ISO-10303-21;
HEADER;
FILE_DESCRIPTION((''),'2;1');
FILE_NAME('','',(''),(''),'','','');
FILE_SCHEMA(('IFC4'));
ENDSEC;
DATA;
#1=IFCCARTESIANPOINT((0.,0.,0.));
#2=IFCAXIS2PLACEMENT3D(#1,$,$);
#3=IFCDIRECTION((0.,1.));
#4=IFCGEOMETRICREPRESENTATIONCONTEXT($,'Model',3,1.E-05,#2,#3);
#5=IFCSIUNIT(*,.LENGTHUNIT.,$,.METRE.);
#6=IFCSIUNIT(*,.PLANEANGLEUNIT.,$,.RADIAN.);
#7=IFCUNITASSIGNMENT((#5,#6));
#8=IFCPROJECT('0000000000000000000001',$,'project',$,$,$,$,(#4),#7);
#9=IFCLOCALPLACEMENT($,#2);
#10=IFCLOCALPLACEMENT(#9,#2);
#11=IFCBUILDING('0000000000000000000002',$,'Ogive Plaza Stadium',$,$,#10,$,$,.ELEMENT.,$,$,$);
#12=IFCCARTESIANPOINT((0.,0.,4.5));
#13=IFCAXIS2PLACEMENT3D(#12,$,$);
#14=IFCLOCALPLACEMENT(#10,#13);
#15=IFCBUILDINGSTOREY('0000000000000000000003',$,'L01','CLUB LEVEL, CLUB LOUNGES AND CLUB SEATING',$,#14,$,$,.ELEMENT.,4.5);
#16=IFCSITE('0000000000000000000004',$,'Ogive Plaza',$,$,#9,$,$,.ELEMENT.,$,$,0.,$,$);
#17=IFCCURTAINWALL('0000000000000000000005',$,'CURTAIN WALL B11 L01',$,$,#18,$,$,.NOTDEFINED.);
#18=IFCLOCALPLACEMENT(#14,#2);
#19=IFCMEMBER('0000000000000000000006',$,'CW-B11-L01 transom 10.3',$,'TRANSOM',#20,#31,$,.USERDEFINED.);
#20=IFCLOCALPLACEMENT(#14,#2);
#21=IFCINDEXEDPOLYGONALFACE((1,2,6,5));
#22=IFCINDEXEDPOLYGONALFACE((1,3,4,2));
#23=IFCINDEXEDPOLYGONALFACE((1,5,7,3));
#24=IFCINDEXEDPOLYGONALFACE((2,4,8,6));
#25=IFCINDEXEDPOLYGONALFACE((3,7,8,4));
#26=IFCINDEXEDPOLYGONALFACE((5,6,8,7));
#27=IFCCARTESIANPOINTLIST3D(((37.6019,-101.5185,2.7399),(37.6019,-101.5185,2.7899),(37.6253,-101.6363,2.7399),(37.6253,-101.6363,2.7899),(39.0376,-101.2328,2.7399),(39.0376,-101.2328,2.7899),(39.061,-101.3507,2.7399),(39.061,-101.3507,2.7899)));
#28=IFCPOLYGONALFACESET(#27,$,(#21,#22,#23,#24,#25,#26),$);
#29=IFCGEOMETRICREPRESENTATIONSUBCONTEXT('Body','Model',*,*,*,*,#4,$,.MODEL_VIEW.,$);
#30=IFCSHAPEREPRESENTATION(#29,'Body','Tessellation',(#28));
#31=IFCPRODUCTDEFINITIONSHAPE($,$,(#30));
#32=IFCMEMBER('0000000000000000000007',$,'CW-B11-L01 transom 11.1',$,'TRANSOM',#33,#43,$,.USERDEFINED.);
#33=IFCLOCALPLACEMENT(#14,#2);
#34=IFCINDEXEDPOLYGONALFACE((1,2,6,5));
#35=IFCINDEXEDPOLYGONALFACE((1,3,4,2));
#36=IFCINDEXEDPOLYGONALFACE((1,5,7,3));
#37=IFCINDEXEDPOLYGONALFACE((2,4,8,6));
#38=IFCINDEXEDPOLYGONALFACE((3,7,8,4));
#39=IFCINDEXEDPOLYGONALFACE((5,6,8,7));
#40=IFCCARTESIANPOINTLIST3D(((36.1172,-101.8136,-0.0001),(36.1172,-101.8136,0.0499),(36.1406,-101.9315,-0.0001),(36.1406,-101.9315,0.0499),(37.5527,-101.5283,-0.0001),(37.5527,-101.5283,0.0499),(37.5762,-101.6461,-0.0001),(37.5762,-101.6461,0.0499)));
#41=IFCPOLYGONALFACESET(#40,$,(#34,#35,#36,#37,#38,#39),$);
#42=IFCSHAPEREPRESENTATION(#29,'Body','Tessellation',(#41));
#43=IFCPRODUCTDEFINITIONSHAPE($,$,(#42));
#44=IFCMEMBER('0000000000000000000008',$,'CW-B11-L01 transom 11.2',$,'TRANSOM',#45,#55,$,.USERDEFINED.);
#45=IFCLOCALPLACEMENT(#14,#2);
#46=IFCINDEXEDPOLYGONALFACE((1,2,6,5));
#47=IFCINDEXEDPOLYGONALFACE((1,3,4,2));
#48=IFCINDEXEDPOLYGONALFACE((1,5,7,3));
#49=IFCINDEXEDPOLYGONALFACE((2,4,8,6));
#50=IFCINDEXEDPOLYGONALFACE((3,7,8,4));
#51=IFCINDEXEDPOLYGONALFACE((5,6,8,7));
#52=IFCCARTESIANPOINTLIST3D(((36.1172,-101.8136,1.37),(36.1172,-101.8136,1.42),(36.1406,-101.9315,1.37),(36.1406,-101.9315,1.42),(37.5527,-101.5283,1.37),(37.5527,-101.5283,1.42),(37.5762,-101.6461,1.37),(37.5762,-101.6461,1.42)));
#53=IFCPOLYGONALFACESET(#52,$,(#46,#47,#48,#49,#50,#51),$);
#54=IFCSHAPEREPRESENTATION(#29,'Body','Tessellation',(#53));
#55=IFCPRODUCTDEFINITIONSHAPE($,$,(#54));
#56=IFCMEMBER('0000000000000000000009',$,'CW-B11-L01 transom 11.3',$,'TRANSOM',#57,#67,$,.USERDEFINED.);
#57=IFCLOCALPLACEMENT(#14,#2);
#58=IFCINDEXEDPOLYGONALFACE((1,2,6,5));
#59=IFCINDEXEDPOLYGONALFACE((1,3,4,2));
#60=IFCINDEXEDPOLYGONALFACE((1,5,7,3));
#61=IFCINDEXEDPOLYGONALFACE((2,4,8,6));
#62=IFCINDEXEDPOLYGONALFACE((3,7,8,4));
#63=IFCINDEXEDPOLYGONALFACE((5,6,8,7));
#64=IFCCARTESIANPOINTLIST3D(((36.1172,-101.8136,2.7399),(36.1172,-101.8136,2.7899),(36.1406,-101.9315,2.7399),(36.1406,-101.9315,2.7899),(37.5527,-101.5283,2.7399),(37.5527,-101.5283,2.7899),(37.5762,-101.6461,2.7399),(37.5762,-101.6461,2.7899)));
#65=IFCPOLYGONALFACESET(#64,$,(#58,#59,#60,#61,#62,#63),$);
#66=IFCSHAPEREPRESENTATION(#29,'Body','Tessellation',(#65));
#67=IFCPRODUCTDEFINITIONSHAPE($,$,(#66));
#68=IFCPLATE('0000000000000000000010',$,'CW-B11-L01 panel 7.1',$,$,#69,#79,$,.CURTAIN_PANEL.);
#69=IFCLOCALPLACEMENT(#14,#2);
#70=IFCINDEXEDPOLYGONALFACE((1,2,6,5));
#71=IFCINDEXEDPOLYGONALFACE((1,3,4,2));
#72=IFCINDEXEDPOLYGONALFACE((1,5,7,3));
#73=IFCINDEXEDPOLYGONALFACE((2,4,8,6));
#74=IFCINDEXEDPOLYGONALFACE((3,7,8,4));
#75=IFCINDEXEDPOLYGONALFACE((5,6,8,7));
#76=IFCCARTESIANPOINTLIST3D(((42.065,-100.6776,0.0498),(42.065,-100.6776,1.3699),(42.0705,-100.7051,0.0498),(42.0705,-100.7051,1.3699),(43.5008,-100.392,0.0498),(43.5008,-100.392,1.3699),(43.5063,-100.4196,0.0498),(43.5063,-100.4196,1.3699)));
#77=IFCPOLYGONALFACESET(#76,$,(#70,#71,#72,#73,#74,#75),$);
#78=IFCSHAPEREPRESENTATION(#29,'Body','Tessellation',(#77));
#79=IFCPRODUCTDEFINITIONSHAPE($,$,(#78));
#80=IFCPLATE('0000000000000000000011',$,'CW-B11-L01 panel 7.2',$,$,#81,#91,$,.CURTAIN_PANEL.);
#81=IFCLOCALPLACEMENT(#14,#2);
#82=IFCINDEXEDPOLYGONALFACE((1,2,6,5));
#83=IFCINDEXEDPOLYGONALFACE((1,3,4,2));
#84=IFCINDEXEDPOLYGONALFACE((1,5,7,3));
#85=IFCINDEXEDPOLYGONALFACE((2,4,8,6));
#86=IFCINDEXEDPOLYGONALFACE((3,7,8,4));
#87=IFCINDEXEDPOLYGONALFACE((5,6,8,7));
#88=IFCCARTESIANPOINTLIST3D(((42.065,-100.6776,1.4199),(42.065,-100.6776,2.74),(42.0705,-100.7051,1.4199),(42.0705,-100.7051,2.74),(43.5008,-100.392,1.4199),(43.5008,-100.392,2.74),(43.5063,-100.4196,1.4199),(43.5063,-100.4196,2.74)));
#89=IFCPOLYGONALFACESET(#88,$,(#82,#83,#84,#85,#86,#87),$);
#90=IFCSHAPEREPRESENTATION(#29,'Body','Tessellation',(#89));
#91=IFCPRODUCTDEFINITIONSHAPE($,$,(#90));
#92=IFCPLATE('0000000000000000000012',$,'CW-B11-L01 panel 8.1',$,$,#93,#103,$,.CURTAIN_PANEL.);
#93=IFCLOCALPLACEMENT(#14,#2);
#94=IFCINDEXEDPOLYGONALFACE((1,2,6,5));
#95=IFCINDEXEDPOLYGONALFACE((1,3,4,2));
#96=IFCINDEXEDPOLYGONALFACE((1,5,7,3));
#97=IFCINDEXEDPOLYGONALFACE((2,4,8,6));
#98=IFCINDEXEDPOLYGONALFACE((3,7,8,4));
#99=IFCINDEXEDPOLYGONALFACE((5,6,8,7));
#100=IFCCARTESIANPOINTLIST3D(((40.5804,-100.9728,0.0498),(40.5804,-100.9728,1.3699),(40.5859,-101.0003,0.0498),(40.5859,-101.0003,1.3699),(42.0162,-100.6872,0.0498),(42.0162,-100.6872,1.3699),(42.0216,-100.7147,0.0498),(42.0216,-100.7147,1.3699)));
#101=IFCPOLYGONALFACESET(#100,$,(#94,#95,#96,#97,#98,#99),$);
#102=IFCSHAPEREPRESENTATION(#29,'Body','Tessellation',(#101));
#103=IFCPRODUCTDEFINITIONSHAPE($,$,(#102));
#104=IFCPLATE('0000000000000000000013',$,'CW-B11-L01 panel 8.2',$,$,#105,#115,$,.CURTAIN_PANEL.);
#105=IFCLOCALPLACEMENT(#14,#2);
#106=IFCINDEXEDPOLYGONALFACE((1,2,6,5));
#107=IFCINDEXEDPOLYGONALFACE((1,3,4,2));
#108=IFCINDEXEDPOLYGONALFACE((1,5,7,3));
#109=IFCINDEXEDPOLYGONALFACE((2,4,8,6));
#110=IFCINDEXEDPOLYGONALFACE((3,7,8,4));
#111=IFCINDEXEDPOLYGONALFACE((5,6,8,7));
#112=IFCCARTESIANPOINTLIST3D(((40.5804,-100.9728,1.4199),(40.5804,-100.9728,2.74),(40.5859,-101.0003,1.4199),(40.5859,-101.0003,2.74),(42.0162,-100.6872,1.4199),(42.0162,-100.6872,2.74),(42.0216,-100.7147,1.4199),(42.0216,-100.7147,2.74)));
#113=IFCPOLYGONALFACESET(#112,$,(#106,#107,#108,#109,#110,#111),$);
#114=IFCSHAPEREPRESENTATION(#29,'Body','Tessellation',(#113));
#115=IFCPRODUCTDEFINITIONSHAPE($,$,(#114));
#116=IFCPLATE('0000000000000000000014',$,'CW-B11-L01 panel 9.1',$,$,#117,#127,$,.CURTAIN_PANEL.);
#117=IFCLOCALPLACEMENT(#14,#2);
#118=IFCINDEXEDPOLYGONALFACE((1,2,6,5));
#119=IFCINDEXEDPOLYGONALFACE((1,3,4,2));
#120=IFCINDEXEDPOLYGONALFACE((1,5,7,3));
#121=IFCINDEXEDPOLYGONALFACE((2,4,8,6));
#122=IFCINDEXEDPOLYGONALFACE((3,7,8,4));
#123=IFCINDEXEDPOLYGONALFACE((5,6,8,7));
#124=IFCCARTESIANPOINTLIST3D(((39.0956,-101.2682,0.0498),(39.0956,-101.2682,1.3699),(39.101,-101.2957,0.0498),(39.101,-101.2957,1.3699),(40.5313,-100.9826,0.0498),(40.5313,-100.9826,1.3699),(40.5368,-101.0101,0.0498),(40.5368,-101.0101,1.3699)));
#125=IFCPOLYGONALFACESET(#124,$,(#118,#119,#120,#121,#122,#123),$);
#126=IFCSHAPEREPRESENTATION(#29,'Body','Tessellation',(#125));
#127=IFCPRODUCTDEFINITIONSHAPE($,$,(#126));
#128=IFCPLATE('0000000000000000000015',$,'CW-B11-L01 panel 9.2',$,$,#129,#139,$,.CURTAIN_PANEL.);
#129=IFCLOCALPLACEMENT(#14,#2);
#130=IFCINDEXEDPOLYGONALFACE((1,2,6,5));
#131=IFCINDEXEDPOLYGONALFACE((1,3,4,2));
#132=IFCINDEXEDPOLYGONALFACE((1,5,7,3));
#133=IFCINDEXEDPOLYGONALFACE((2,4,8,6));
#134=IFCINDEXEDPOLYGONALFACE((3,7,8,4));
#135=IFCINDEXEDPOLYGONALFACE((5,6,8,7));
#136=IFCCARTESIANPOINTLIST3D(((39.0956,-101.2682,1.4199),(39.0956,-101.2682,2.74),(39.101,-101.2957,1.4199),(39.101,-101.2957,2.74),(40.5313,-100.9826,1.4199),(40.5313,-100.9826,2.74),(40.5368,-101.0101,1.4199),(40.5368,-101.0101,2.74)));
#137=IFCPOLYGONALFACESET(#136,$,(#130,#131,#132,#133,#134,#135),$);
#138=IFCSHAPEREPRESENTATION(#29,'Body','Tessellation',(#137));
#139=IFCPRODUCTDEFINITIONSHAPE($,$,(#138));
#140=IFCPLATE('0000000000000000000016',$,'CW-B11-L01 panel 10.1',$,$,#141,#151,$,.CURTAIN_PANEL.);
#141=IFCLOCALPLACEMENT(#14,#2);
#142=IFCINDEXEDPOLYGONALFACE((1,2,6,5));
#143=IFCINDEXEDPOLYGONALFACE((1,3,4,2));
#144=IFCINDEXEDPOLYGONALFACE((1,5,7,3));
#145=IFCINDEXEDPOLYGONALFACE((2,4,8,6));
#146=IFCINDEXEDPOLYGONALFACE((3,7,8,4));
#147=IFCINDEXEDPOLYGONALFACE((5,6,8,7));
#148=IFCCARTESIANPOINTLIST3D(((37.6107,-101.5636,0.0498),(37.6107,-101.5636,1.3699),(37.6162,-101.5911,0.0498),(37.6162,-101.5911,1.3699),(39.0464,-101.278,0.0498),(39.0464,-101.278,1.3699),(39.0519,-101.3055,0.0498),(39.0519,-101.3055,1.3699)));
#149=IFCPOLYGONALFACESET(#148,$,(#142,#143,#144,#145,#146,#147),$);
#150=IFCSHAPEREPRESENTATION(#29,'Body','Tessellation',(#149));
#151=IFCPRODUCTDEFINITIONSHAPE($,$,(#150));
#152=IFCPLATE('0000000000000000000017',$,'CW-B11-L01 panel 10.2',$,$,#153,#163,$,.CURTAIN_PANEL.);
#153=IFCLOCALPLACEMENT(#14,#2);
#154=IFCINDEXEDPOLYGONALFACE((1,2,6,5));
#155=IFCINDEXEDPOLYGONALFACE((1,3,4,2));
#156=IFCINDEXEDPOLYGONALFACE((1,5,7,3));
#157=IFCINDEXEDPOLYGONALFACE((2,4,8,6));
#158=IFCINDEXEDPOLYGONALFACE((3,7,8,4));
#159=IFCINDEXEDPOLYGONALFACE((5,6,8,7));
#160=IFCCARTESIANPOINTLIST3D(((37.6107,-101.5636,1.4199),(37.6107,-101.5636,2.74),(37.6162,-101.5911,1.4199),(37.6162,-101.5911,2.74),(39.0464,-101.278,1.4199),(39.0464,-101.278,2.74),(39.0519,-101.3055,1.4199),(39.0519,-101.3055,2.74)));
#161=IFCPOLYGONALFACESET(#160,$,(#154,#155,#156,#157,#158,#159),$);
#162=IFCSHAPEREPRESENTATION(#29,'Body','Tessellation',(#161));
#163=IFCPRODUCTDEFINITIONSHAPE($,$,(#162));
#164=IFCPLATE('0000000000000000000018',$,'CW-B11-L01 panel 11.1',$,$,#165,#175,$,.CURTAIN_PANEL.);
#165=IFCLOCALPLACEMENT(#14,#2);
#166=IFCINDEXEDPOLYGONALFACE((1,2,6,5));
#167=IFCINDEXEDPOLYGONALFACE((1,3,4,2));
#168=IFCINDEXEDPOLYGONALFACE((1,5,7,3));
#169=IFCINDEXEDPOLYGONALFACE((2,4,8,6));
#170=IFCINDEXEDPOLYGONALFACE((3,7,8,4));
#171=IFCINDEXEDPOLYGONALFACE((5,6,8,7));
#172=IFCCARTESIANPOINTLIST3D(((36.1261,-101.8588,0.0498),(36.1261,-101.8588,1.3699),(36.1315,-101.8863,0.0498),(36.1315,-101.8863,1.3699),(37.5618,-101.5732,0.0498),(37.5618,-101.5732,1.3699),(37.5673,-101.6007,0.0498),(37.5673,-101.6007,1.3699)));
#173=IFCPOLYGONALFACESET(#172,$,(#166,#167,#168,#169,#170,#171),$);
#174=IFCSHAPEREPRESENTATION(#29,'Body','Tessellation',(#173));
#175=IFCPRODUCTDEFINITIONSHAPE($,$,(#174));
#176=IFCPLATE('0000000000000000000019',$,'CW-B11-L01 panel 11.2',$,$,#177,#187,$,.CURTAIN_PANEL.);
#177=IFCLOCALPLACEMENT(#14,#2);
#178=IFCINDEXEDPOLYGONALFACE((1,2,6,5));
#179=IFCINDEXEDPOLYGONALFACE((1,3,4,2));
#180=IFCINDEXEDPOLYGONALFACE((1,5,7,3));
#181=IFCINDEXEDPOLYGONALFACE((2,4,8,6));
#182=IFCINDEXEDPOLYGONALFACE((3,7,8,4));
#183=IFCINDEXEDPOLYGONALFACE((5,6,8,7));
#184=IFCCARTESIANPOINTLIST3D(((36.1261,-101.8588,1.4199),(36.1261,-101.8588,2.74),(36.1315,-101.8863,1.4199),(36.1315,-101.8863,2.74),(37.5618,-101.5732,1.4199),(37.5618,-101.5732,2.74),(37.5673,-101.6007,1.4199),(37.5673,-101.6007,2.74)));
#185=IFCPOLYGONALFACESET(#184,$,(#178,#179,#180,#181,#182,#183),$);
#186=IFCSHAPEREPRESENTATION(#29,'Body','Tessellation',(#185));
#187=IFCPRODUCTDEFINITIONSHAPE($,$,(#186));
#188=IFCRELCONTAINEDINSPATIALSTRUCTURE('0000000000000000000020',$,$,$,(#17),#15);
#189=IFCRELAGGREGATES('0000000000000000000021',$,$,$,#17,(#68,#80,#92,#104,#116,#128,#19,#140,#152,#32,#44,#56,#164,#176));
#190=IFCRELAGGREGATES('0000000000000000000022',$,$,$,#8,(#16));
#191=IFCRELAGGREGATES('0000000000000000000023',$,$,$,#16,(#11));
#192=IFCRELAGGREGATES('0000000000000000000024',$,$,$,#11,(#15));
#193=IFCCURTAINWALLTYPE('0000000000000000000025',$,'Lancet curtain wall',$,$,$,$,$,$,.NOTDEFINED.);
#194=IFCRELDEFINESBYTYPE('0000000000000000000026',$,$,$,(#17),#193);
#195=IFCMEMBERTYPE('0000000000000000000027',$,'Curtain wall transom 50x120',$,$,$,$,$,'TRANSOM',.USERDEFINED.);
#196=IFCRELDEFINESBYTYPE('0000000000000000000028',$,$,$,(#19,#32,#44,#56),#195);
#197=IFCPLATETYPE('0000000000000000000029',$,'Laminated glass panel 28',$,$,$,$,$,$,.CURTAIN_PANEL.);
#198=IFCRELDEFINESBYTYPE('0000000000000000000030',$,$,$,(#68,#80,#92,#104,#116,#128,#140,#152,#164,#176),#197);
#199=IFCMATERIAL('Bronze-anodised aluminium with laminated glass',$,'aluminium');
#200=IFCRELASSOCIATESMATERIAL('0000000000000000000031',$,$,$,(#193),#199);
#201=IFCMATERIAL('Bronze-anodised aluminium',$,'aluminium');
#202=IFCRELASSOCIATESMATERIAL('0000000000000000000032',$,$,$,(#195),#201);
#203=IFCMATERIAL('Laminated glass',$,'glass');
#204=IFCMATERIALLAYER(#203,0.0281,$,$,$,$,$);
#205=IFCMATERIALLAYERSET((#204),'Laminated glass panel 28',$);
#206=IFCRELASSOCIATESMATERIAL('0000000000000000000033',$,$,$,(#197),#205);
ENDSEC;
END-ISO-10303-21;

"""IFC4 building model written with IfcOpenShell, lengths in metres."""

from ifc_helpers import new_model, si_unit, direction, frame, origin, origin_2d, place, context, subcontext, project, spatial, rectangle, extrude, material, layer, layer_set, material_profile, profile_set, type_object, element, aggregate, save


model = new_model("IFC4")

# Units and contexts
model_context = context("Model", 3, precision=1e-05, world=origin(), true_north=direction((0.0, 1.0)))
body_context = subcontext(model_context, "Body", "Model", "MODEL_VIEW")
ifc_project = project(units=[si_unit("LENGTHUNIT", "METRE"), si_unit("PLANEANGLEUNIT", "RADIAN")], contexts=[model_context])

# Site, building, storey
site_placement = place(None, origin())
site = spatial("IfcSite", under=ifc_project, at=site_placement, Name="Ogive Plaza", CompositionType="ELEMENT", RefElevation=0.0)
building_placement = place(site_placement, origin())
building = spatial("IfcBuilding", under=site, at=building_placement, Name="Ogive Plaza Stadium", CompositionType="ELEMENT")
storey_placement = place(building_placement, frame((0.0, 0.0, 4.5)))
storey = spatial("IfcBuildingStorey", under=building, at=storey_placement, Name="L01", Description="CLUB LEVEL, CLUB LOUNGES AND CLUB SEATING", CompositionType="ELEMENT", Elevation=4.5)

# Curtain wall, members, plates
ifc_material_1 = material(Name="Bronze-anodised aluminium with laminated glass", Category="aluminium")
curtain_wall_type = type_object("IfcCurtainWallType", Name="Lancet curtain wall", PredefinedType="NOTDEFINED", material=ifc_material_1)
curtain_wall_placement = place(storey_placement, origin())
curtain_wall = element("IfcCurtainWall", 1, at=curtain_wall_placement, inside=storey, type_object=curtain_wall_type, Name="CURTAIN WALL B11 L01", PredefinedType="NOTDEFINED")
ifc_material_2 = material(Name="Bronze-anodised aluminium", Category="aluminium")
ifc_material_profile_1 = material_profile(ifc_material_2, rectangle(XDim=0.1201, YDim=0.05, at=origin_2d()), Name="AL 120x50")
ifc_profile_set_1 = profile_set([ifc_material_profile_1], Name="Bronze-anodised aluminium")
member_type_1 = type_object("IfcMemberType", Name="Curtain wall transom 50x120", ElementType="TRANSOM", PredefinedType="USERDEFINED", material=ifc_profile_set_1)
member_1_placement = place(storey_placement, frame((39.0493, -101.2917, 2.7649), z_axis=(-0.980779, -0.195122, 0.0), x_axis=(0.195122, -0.980779, 0.0)))
member_1 = element("IfcMember", 2, at=member_1_placement, type_object=member_type_1, Name="CW-B11-L01 transom 10.3", ObjectType="TRANSOM", PredefinedType="USERDEFINED", context=body_context, shape_type="SweptSolid", body=[
    extrude(rectangle(XDim=0.1201, YDim=0.05, at=origin_2d()), origin(), (0.0, 0.0, 1.0), 1.4639),
])
member_2_placement = place(storey_placement, frame((37.5645, -101.5872, 0.0249), z_axis=(-0.980805, -0.194993, 0.0), x_axis=(0.194993, -0.980805, 0.0)))
member_2 = element("IfcMember", 3, at=member_2_placement, type_object=member_type_1, Name="CW-B11-L01 transom 11.1", ObjectType="TRANSOM", PredefinedType="USERDEFINED", context=body_context, shape_type="SweptSolid", body=[
    extrude(rectangle(XDim=0.1201, YDim=0.05, at=origin_2d()), origin(), (0.0, 0.0, 1.0), 1.4636),
])
member_3_placement = place(storey_placement, frame((37.5645, -101.5872, 1.395), z_axis=(-0.980805, -0.194993, 0.0), x_axis=(0.194993, -0.980805, 0.0)))
member_3 = element("IfcMember", 4, at=member_3_placement, type_object=member_type_1, Name="CW-B11-L01 transom 11.2", ObjectType="TRANSOM", PredefinedType="USERDEFINED", context=body_context, shape_type="SweptSolid", body=[
    extrude(rectangle(XDim=0.1201, YDim=0.05, at=origin_2d()), origin(), (0.0, 0.0, 1.0), 1.4636),
])
member_4_placement = place(storey_placement, frame((37.5645, -101.5872, 2.7649), z_axis=(-0.980805, -0.194993, 0.0), x_axis=(0.194993, -0.980805, 0.0)))
member_4 = element("IfcMember", 5, at=member_4_placement, type_object=member_type_1, Name="CW-B11-L01 transom 11.3", ObjectType="TRANSOM", PredefinedType="USERDEFINED", context=body_context, shape_type="SweptSolid", body=[
    extrude(rectangle(XDim=0.1201, YDim=0.05, at=origin_2d()), origin(), (0.0, 0.0, 1.0), 1.4636),
])
ifc_material_3 = material(Name="Laminated glass", Category="glass")
ifc_layer_1 = layer(ifc_material_3, 0.0281)
ifc_layer_set_1 = layer_set([ifc_layer_1], Name="Laminated glass panel 28")
plate_type = type_object("IfcPlateType", Name="Laminated glass panel 28", PredefinedType="CURTAIN_PANEL", material=ifc_layer_set_1)
plate_1_placement = place(storey_placement, frame((42.7856, -100.5486, 0.0498), z_axis=(0.0, 0.0, 1.0), x_axis=(-0.980785, -0.19509, 0.0)))
plate_1 = element("IfcPlate", 6, at=plate_1_placement, type_object=plate_type, Name="CW-B11-L01 panel 7.1", PredefinedType="CURTAIN_PANEL", context=body_context, shape_type="SweptSolid", body=[
    extrude(rectangle(XDim=1.4639, YDim=0.0281, at=origin_2d()), origin(), (0.0, 0.0, 1.0), 1.3201),
])
plate_2_placement = place(storey_placement, frame((42.7856, -100.5486, 1.4199), z_axis=(0.0, 0.0, 1.0), x_axis=(-0.980785, -0.19509, 0.0)))
plate_2 = element("IfcPlate", 7, at=plate_2_placement, type_object=plate_type, Name="CW-B11-L01 panel 7.2", PredefinedType="CURTAIN_PANEL", context=body_context, shape_type="SweptSolid", body=[
    extrude(rectangle(XDim=1.4639, YDim=0.0281, at=origin_2d()), origin(), (0.0, 0.0, 1.0), 1.3201),
])
plate_3_placement = place(storey_placement, frame((41.301, -100.8438, 0.0498), z_axis=(0.0, 0.0, 1.0), x_axis=(-0.980785, -0.19509, 0.0)))
plate_3 = element("IfcPlate", 8, at=plate_3_placement, type_object=plate_type, Name="CW-B11-L01 panel 8.1", PredefinedType="CURTAIN_PANEL", context=body_context, shape_type="SweptSolid", body=[
    extrude(rectangle(XDim=1.4639, YDim=0.0281, at=origin_2d()), origin(), (0.0, 0.0, 1.0), 1.3201),
])
plate_4_placement = place(storey_placement, frame((41.301, -100.8438, 1.4199), z_axis=(0.0, 0.0, 1.0), x_axis=(-0.980785, -0.19509, 0.0)))
plate_4 = element("IfcPlate", 9, at=plate_4_placement, type_object=plate_type, Name="CW-B11-L01 panel 8.2", PredefinedType="CURTAIN_PANEL", context=body_context, shape_type="SweptSolid", body=[
    extrude(rectangle(XDim=1.4639, YDim=0.0281, at=origin_2d()), origin(), (0.0, 0.0, 1.0), 1.3201),
])
plate_5_placement = place(storey_placement, frame((39.8162, -101.1392, 0.0498), z_axis=(0.0, 0.0, 1.0), x_axis=(-0.980785, -0.19509, 0.0)))
plate_5 = element("IfcPlate", 10, at=plate_5_placement, type_object=plate_type, Name="CW-B11-L01 panel 9.1", PredefinedType="CURTAIN_PANEL", context=body_context, shape_type="SweptSolid", body=[
    extrude(rectangle(XDim=1.4639, YDim=0.0281, at=origin_2d()), origin(), (0.0, 0.0, 1.0), 1.3201),
])
plate_6_placement = place(storey_placement, frame((39.8162, -101.1392, 1.4199), z_axis=(0.0, 0.0, 1.0), x_axis=(-0.980785, -0.19509, 0.0)))
plate_6 = element("IfcPlate", 11, at=plate_6_placement, type_object=plate_type, Name="CW-B11-L01 panel 9.2", PredefinedType="CURTAIN_PANEL", context=body_context, shape_type="SweptSolid", body=[
    extrude(rectangle(XDim=1.4639, YDim=0.0281, at=origin_2d()), origin(), (0.0, 0.0, 1.0), 1.3201),
])
plate_7_placement = place(storey_placement, frame((38.3313, -101.4346, 0.0498), z_axis=(0.0, 0.0, 1.0), x_axis=(-0.980785, -0.19509, 0.0)))
plate_7 = element("IfcPlate", 12, at=plate_7_placement, type_object=plate_type, Name="CW-B11-L01 panel 10.1", PredefinedType="CURTAIN_PANEL", context=body_context, shape_type="SweptSolid", body=[
    extrude(rectangle(XDim=1.4639, YDim=0.0281, at=origin_2d()), origin(), (0.0, 0.0, 1.0), 1.3201),
])
plate_8_placement = place(storey_placement, frame((38.3313, -101.4346, 1.4199), z_axis=(0.0, 0.0, 1.0), x_axis=(-0.980785, -0.19509, 0.0)))
plate_8 = element("IfcPlate", 13, at=plate_8_placement, type_object=plate_type, Name="CW-B11-L01 panel 10.2", PredefinedType="CURTAIN_PANEL", context=body_context, shape_type="SweptSolid", body=[
    extrude(rectangle(XDim=1.4639, YDim=0.0281, at=origin_2d()), origin(), (0.0, 0.0, 1.0), 1.3201),
])
plate_9_placement = place(storey_placement, frame((36.8467, -101.7297, 0.0498), z_axis=(0.0, 0.0, 1.0), x_axis=(-0.980785, -0.19509, 0.0)))
plate_9 = element("IfcPlate", 14, at=plate_9_placement, type_object=plate_type, Name="CW-B11-L01 panel 11.1", PredefinedType="CURTAIN_PANEL", context=body_context, shape_type="SweptSolid", body=[
    extrude(rectangle(XDim=1.4639, YDim=0.0281, at=origin_2d()), origin(), (0.0, 0.0, 1.0), 1.3201),
])
plate_10_placement = place(storey_placement, frame((36.8467, -101.7297, 1.4199), z_axis=(0.0, 0.0, 1.0), x_axis=(-0.980785, -0.19509, 0.0)))
plate_10 = element("IfcPlate", 15, at=plate_10_placement, type_object=plate_type, Name="CW-B11-L01 panel 11.2", PredefinedType="CURTAIN_PANEL", context=body_context, shape_type="SweptSolid", body=[
    extrude(rectangle(XDim=1.4639, YDim=0.0281, at=origin_2d()), origin(), (0.0, 0.0, 1.0), 1.3201),
])
aggregate(curtain_wall, [plate_1, plate_2, plate_3, plate_4, plate_5, plate_6, member_1, plate_7, plate_8, member_2, member_3, member_4, plate_9, plate_10])

save(model, "model.ifc")
